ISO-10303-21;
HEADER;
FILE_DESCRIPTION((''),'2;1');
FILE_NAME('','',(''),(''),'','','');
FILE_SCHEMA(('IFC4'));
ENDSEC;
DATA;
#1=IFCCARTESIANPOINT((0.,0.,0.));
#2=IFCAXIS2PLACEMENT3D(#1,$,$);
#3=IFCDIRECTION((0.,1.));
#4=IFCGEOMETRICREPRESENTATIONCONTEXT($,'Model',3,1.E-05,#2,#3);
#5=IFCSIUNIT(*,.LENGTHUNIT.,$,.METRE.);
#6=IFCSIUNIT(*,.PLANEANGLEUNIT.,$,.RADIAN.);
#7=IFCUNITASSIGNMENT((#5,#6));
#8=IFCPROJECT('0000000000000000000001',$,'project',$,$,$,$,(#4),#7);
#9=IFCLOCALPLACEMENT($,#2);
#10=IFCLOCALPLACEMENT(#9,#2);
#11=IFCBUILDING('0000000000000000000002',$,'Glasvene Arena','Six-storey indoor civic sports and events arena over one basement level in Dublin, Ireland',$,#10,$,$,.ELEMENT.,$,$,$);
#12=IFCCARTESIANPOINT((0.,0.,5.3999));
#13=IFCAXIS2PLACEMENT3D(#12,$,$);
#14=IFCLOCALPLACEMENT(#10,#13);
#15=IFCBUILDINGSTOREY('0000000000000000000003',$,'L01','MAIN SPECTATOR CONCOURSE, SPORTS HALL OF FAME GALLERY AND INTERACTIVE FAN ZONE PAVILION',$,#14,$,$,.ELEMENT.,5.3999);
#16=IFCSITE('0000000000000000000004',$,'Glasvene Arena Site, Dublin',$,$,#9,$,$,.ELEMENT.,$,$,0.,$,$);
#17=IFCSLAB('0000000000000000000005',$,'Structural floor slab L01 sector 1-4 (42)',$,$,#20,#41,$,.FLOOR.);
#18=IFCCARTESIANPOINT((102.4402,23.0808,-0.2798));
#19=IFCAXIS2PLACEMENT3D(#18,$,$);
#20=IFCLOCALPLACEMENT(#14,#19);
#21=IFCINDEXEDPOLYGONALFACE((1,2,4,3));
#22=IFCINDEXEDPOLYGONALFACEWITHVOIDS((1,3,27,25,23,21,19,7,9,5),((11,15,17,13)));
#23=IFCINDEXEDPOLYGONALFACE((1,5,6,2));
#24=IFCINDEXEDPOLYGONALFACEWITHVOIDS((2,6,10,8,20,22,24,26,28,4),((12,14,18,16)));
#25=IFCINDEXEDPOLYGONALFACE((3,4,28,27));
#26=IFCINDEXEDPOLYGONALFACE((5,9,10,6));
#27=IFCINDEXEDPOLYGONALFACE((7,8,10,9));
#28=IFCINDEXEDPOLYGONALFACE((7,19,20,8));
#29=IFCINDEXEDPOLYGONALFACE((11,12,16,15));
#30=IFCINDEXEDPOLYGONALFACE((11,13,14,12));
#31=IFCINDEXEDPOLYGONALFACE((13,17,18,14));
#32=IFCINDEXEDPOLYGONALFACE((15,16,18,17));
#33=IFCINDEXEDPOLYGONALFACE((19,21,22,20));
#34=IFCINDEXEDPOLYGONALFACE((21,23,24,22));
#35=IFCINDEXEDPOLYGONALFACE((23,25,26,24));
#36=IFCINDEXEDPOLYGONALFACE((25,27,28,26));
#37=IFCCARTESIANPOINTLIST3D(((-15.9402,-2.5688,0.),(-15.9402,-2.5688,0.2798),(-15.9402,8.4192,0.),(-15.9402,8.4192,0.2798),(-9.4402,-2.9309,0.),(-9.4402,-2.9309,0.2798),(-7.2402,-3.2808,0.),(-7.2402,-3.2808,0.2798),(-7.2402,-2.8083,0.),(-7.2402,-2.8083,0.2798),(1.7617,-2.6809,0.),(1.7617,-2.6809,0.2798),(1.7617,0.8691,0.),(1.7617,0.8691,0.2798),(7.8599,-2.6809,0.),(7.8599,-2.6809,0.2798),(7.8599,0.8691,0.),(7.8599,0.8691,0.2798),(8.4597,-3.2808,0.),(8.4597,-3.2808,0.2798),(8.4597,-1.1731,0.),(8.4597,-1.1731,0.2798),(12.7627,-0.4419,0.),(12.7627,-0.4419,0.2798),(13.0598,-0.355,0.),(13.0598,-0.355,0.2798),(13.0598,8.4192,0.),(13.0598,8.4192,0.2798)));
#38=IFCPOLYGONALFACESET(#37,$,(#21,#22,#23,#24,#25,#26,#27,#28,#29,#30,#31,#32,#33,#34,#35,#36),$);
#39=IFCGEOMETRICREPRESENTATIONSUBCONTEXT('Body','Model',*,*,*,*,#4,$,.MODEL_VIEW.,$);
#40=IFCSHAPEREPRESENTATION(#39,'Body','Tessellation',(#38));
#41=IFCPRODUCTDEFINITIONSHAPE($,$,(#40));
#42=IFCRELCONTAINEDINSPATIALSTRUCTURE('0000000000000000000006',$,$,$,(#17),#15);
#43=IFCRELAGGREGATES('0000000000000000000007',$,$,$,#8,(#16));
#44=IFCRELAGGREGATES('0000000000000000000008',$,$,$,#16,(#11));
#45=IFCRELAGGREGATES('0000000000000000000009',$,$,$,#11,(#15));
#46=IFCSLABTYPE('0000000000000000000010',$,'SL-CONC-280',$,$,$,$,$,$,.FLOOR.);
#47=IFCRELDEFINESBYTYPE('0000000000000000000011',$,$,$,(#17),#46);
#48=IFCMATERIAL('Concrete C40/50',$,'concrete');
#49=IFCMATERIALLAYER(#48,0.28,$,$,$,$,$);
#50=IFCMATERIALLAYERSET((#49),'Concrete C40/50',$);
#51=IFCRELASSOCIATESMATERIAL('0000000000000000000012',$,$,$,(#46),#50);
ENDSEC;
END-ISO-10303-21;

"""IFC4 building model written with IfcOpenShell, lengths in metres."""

from ifc_helpers import new_model, si_unit, direction, frame, origin, place, context, subcontext, project, spatial, polyline, outline, extrude, material, layer, layer_set, type_object, element, save


model = new_model("IFC4")

# Units and contexts
model_context = context("Model", 3, precision=1e-05, world=origin(), true_north=direction((0.0, 1.0)))
body_context = subcontext(model_context, "Body", "Model", "MODEL_VIEW")
ifc_project = project(units=[si_unit("LENGTHUNIT", "METRE"), si_unit("PLANEANGLEUNIT", "RADIAN")], contexts=[model_context])

# Site, building, storey
site_placement = place(None, origin())
site = spatial("IfcSite", under=ifc_project, at=site_placement, Name="Glasvene Arena Site, Dublin", CompositionType="ELEMENT", RefElevation=0.0)
building_placement = place(site_placement, origin())
building = spatial("IfcBuilding", under=site, at=building_placement, Name="Glasvene Arena", Description="Six-storey indoor civic sports and events arena over one basement level in Dublin, Ireland", CompositionType="ELEMENT")
storey_placement = place(building_placement, frame((0.0, 0.0, 5.3999)))
storey = spatial("IfcBuildingStorey", under=building, at=storey_placement, Name="L01", Description="MAIN SPECTATOR CONCOURSE, SPORTS HALL OF FAME GALLERY AND INTERACTIVE FAN ZONE PAVILION", CompositionType="ELEMENT", Elevation=5.3999)

# Slab
ifc_material_1 = material(Name="Concrete C40/50", Category="concrete")
ifc_layer_1 = layer(ifc_material_1, 0.28)
ifc_layer_set_1 = layer_set([ifc_layer_1], Name="Concrete C40/50")
slab_type_1 = type_object("IfcSlabType", Name="SL-CONC-280", PredefinedType="FLOOR", material=ifc_layer_set_1)
slab_1_placement = place(storey_placement, frame((102.4402, 23.0808, -0.2798)))
element("IfcSlab", 1, at=slab_1_placement, inside=storey, type_object=slab_type_1, Name="Structural floor slab L01 sector 1-4 (42)", PredefinedType="FLOOR", context=body_context, shape_type="SweptSolid", body=[
    extrude(outline(polyline([(8.4597, -1.1731), (8.4597, -3.2808), (-7.2402, -3.2808), (-7.2402, -2.8083), (-9.4402, -2.9309), (-15.9402, -2.5688), (-15.9402, 8.4192), (13.0598, 8.4192), (13.0598, -0.355), (12.7627, -0.4419), (8.4597, -1.1731)]), holes=[polyline([(7.8599, -2.6809), (7.8599, 0.8691), (1.7617, 0.8691), (1.7617, -2.6809), (7.8599, -2.6809)])]), origin(), (0.0, 0.0, 1.0), 0.2798),
])

save(model, "model.ifc")
